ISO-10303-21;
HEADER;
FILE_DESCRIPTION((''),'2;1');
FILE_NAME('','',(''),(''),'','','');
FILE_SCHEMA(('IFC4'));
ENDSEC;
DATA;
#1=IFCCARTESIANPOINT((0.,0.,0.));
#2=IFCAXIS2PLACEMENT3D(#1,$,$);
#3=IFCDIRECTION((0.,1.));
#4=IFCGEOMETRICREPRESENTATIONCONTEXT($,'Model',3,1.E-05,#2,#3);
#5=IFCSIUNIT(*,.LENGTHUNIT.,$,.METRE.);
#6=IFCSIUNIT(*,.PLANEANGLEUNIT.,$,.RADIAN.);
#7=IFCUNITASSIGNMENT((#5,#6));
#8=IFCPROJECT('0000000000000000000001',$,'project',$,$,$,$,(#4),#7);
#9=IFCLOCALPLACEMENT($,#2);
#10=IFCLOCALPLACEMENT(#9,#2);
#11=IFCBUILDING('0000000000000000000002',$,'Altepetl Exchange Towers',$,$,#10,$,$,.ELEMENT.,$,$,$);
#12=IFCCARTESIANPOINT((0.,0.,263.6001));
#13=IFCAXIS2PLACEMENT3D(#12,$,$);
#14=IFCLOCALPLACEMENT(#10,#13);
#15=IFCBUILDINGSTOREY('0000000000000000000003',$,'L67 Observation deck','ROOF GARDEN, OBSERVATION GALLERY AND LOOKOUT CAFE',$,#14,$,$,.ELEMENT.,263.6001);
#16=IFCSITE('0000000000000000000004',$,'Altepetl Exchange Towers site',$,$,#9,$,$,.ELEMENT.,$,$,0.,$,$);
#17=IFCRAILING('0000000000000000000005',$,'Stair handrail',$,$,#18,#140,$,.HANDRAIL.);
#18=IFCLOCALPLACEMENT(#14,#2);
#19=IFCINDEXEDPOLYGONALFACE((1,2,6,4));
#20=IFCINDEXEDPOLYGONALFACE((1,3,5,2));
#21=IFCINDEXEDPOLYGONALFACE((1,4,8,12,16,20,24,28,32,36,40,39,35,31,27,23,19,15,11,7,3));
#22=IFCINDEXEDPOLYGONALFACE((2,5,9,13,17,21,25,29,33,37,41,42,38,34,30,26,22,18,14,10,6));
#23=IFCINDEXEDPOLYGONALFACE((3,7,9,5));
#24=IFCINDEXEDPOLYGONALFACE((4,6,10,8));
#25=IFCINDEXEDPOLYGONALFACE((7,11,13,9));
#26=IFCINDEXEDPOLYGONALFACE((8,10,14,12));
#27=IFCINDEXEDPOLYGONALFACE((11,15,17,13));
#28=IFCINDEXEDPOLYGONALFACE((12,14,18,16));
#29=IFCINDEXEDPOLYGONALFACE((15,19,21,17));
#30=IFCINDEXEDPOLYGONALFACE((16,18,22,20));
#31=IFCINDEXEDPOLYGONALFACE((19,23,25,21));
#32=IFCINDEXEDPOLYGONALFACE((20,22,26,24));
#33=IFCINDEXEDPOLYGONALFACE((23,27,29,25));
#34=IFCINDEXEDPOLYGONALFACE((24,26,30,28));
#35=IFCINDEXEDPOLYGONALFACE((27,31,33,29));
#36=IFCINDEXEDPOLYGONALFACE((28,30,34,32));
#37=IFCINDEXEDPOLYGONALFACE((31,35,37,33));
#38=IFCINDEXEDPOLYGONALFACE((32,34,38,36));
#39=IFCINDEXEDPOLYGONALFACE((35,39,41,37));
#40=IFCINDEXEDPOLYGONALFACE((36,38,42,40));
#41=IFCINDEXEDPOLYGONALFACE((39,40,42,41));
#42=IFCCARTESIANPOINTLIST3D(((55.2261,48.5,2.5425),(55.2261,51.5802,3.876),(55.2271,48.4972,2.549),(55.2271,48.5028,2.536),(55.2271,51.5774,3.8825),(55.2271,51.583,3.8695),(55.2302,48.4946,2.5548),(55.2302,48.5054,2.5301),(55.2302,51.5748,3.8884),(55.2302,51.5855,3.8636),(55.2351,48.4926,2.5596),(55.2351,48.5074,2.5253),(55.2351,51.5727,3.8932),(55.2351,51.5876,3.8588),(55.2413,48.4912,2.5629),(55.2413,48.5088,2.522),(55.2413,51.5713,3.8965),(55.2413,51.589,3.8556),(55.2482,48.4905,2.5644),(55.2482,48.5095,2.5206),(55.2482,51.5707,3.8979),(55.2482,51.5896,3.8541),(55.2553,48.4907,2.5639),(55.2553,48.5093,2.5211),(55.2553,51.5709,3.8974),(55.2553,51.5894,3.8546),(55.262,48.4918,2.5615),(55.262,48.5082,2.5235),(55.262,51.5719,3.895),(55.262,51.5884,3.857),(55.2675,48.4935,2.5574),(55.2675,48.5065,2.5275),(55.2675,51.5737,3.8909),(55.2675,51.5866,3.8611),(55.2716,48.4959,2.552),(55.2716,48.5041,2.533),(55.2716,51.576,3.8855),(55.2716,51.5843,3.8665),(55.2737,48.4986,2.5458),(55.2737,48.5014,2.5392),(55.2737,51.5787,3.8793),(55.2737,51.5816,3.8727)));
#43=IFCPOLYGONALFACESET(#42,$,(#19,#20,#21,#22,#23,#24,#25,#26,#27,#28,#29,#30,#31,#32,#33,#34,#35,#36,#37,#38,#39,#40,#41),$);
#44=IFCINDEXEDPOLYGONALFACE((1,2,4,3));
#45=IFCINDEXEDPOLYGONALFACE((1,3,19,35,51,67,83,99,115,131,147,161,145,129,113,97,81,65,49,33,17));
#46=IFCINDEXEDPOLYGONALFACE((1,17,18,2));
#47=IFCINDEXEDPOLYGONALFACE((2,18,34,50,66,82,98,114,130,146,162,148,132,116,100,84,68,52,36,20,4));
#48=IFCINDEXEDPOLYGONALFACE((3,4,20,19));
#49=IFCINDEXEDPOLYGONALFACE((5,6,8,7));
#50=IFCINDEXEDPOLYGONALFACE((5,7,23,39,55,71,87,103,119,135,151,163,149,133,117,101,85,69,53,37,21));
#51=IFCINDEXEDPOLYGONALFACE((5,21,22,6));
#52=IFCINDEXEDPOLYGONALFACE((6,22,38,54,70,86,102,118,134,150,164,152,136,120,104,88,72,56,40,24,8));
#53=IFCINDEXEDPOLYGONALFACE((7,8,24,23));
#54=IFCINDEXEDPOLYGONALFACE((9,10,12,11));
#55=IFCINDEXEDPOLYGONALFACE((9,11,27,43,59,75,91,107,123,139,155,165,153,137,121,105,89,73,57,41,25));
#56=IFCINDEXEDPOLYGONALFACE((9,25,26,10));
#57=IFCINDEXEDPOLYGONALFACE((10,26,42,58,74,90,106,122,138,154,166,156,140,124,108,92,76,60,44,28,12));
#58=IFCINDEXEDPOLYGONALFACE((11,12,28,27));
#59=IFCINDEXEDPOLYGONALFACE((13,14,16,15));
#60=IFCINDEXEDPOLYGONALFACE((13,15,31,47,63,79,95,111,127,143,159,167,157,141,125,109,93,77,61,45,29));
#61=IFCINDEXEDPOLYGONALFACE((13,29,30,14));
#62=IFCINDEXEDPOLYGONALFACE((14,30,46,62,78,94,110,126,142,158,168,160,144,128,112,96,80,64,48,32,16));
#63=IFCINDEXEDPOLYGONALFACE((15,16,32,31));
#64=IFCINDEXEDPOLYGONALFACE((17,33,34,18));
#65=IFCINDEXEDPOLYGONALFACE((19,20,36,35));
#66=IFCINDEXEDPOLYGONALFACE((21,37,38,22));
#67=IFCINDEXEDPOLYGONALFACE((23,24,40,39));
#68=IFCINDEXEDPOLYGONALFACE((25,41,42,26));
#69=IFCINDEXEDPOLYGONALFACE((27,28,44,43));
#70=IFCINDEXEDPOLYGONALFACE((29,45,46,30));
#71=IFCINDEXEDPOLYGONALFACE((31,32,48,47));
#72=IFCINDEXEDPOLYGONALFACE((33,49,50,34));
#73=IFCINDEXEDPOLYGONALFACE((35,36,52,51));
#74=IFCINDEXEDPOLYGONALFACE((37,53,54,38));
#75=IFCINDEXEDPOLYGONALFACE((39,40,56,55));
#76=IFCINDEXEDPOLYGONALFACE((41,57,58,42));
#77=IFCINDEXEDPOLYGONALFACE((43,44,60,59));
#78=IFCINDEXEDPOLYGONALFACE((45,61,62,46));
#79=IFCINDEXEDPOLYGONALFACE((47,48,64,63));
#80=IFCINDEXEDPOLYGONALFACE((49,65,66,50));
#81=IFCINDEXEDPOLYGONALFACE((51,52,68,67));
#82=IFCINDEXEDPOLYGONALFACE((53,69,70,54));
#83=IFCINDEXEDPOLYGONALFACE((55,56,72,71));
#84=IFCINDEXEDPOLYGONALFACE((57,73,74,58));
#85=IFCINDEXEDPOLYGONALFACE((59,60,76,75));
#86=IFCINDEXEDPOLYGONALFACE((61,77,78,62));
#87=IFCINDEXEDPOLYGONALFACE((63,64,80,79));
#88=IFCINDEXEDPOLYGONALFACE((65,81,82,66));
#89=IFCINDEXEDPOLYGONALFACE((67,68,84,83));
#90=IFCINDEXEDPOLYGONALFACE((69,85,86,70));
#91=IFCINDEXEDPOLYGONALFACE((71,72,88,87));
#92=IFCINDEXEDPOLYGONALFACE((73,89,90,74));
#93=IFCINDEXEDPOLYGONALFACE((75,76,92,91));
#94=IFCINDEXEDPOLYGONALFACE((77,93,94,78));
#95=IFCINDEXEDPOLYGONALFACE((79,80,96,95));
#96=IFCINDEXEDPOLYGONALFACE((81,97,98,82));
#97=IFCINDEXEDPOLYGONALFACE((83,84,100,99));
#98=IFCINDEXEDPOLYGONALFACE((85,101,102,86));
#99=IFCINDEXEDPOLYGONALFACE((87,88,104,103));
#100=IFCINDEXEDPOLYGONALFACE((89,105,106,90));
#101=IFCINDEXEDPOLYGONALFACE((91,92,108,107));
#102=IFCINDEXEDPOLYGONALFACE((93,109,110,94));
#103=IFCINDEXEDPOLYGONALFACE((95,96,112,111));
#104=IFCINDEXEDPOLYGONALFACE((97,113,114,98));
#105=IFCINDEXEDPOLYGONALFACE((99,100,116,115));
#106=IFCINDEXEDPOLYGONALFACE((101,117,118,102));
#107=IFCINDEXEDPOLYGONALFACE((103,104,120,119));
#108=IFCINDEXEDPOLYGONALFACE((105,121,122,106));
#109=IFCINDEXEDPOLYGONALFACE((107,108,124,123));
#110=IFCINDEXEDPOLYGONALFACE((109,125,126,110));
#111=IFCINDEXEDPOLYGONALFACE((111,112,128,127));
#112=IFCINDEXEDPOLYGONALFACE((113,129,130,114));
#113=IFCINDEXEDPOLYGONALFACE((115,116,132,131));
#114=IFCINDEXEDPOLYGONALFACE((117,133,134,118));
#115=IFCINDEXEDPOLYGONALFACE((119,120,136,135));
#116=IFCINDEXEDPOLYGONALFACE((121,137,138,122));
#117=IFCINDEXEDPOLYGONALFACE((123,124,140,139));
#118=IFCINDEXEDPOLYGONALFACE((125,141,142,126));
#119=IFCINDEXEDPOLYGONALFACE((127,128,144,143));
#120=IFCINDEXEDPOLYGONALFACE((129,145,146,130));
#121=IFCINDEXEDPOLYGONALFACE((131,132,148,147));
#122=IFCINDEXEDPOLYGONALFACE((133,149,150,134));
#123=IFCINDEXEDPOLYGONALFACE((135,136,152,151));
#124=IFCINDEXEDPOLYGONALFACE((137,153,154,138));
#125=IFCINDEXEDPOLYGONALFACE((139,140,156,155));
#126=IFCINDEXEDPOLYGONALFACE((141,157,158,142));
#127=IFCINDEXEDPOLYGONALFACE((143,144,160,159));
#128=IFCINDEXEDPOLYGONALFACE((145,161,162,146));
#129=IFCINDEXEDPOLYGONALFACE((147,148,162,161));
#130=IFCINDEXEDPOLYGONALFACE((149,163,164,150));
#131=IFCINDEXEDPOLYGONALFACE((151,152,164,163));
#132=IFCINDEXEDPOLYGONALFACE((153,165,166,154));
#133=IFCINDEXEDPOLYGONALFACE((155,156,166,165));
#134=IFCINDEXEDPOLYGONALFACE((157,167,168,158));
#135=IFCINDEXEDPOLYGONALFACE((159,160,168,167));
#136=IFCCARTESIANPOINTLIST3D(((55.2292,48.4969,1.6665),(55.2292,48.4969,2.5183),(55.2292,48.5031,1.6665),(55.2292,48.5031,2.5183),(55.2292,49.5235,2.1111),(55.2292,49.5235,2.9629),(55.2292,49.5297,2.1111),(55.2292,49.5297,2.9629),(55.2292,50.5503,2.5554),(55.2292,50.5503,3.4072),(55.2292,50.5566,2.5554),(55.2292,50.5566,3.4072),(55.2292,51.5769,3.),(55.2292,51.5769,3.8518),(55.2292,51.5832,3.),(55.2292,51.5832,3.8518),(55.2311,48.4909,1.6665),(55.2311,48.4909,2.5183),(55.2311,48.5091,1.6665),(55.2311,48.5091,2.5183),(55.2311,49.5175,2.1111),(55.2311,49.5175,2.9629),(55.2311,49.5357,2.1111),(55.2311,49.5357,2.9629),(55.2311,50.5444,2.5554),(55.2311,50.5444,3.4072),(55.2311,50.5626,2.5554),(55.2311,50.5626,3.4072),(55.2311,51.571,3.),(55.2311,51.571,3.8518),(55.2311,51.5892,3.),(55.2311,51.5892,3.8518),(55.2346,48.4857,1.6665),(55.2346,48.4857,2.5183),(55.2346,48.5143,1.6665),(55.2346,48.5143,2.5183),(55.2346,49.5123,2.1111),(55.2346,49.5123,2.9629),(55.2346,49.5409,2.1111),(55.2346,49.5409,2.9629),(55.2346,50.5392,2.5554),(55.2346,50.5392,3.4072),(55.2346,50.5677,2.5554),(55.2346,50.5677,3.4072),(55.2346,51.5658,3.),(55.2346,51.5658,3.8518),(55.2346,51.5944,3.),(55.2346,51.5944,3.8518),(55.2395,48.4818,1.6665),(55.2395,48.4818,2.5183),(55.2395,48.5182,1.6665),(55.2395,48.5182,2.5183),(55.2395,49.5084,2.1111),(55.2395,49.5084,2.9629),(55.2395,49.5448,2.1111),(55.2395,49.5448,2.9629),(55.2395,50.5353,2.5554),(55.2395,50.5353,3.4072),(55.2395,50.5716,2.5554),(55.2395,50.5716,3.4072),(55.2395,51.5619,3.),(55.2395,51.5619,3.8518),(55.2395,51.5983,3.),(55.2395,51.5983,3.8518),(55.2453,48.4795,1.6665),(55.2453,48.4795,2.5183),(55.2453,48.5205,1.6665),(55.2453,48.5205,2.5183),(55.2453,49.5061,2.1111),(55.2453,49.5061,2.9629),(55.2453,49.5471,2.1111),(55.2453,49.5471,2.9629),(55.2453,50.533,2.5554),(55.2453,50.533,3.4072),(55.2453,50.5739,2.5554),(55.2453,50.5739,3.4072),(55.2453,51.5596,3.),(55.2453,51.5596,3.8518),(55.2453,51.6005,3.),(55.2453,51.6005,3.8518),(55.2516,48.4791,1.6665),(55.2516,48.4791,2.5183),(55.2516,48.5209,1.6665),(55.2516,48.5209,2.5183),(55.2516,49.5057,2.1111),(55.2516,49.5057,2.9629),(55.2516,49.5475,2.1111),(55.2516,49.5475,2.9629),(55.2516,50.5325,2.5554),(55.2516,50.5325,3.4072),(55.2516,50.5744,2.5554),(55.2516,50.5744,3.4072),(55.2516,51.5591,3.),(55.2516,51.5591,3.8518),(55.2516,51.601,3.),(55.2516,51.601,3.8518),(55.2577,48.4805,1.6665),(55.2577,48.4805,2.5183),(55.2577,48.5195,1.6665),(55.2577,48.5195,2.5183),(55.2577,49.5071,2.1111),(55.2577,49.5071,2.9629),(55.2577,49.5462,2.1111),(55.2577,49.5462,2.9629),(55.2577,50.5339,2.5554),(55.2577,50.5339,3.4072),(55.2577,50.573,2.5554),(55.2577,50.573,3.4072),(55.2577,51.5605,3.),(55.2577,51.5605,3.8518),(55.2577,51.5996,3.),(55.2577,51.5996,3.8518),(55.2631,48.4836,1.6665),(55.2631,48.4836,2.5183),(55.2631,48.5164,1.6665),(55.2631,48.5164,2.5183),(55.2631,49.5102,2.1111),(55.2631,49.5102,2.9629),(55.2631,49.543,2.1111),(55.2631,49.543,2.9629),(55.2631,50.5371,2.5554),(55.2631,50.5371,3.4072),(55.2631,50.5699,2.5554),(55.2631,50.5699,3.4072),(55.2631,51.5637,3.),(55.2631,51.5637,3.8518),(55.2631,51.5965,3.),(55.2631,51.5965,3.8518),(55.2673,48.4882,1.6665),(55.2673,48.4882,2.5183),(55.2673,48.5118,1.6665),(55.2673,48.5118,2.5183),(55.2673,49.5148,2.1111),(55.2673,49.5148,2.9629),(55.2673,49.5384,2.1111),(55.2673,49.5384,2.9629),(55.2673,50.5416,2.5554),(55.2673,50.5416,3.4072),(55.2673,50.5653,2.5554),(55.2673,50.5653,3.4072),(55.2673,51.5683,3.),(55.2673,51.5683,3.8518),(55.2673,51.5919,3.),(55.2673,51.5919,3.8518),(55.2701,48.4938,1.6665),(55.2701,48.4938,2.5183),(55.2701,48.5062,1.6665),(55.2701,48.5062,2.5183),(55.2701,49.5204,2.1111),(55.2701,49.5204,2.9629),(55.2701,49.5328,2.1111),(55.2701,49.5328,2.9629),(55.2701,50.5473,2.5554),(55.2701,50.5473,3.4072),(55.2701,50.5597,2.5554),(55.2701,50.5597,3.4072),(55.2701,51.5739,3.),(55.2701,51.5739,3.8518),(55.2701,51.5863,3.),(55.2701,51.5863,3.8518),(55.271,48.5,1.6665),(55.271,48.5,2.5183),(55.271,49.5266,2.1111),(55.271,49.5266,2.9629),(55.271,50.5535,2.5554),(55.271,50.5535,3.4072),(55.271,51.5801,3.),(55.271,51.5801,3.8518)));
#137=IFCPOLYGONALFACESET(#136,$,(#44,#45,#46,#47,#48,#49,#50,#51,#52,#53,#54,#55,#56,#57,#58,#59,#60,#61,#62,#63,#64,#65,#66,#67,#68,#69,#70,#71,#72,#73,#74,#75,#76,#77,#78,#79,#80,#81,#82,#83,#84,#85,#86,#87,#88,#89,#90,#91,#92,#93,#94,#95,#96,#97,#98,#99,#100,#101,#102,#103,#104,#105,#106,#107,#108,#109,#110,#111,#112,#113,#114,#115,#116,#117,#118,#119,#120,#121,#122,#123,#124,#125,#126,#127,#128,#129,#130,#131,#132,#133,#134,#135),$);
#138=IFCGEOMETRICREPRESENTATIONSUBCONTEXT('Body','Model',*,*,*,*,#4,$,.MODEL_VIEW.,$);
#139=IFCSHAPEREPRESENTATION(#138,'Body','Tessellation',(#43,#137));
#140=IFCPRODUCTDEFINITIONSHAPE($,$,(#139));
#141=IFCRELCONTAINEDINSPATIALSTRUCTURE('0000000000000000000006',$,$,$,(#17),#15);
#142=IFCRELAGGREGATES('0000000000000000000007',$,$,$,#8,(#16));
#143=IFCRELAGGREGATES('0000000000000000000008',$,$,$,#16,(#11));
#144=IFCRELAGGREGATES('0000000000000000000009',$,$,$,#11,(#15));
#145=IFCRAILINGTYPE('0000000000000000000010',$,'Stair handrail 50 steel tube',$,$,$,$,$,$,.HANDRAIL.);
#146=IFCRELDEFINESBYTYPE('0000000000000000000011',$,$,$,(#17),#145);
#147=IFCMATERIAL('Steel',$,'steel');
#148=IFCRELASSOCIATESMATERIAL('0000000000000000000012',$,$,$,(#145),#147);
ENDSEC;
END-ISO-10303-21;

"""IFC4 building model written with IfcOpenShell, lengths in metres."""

from ifc_helpers import new_model, si_unit, direction, frame, origin, origin_2d, place, context, subcontext, project, spatial, circle, extrude, source, transform, mapped, material, type_object, element, save


model = new_model("IFC4")

# Units and contexts
model_context = context("Model", 3, precision=1e-05, world=origin(), true_north=direction((0.0, 1.0)))
body_context = subcontext(model_context, "Body", "Model", "MODEL_VIEW")
ifc_project = project(units=[si_unit("LENGTHUNIT", "METRE"), si_unit("PLANEANGLEUNIT", "RADIAN")], contexts=[model_context])

# Site, building, storey
site_placement = place(None, origin())
site = spatial("IfcSite", under=ifc_project, at=site_placement, Name="Altepetl Exchange Towers site", CompositionType="ELEMENT", RefElevation=0.0)
building_placement = place(site_placement, origin())
building = spatial("IfcBuilding", under=site, at=building_placement, Name="Altepetl Exchange Towers", CompositionType="ELEMENT")
storey_placement = place(building_placement, frame((0.0, 0.0, 263.6001)))
storey = spatial("IfcBuildingStorey", under=building, at=storey_placement, Name="L67 Observation deck", Description="ROOF GARDEN, OBSERVATION GALLERY AND LOOKOUT CAFE", CompositionType="ELEMENT", Elevation=263.6001)

# Railing
ifc_material_1 = material(Name="Steel", Category="steel")
railing_type = type_object("IfcRailingType", Name="Stair handrail 50 steel tube", PredefinedType="HANDRAIL", material=ifc_material_1)
shared_shape = source(origin(), body_context, "Body", "SweptSolid", [
    extrude(circle(Radius=0.021, at=origin_2d()), origin(), (0.0, 0.0, 1.0), 0.8518),
])
for number, where, name in (
    (1, (55.25, 48.5, 1.6665), "Stair handrail"),
):
    element("IfcRailing", number, at=place(storey_placement, frame(where)), inside=storey, type_object=railing_type, Name=name, PredefinedType="HANDRAIL", context=body_context, shape_type="SweptSolid", body=[
        extrude(circle(Radius=0.0239, at=origin_2d()), frame((0.0, 0.0, 0.876), z_axis=(0.0, 0.917686, 0.397305), x_axis=(-1.0, 0.0, 0.0)), (0.0, 0.0, 1.0), 3.3564),
        mapped(shared_shape, transform((0.0, 0.0, 0.0))),
        mapped(shared_shape, transform((0.0, 1.0266, 0.4446))),
        mapped(shared_shape, transform((0.0, 2.0535, 0.8889))),
        mapped(shared_shape, transform((0.0, 3.0801, 1.3335))),
    ])

save(model, "model.ifc")
